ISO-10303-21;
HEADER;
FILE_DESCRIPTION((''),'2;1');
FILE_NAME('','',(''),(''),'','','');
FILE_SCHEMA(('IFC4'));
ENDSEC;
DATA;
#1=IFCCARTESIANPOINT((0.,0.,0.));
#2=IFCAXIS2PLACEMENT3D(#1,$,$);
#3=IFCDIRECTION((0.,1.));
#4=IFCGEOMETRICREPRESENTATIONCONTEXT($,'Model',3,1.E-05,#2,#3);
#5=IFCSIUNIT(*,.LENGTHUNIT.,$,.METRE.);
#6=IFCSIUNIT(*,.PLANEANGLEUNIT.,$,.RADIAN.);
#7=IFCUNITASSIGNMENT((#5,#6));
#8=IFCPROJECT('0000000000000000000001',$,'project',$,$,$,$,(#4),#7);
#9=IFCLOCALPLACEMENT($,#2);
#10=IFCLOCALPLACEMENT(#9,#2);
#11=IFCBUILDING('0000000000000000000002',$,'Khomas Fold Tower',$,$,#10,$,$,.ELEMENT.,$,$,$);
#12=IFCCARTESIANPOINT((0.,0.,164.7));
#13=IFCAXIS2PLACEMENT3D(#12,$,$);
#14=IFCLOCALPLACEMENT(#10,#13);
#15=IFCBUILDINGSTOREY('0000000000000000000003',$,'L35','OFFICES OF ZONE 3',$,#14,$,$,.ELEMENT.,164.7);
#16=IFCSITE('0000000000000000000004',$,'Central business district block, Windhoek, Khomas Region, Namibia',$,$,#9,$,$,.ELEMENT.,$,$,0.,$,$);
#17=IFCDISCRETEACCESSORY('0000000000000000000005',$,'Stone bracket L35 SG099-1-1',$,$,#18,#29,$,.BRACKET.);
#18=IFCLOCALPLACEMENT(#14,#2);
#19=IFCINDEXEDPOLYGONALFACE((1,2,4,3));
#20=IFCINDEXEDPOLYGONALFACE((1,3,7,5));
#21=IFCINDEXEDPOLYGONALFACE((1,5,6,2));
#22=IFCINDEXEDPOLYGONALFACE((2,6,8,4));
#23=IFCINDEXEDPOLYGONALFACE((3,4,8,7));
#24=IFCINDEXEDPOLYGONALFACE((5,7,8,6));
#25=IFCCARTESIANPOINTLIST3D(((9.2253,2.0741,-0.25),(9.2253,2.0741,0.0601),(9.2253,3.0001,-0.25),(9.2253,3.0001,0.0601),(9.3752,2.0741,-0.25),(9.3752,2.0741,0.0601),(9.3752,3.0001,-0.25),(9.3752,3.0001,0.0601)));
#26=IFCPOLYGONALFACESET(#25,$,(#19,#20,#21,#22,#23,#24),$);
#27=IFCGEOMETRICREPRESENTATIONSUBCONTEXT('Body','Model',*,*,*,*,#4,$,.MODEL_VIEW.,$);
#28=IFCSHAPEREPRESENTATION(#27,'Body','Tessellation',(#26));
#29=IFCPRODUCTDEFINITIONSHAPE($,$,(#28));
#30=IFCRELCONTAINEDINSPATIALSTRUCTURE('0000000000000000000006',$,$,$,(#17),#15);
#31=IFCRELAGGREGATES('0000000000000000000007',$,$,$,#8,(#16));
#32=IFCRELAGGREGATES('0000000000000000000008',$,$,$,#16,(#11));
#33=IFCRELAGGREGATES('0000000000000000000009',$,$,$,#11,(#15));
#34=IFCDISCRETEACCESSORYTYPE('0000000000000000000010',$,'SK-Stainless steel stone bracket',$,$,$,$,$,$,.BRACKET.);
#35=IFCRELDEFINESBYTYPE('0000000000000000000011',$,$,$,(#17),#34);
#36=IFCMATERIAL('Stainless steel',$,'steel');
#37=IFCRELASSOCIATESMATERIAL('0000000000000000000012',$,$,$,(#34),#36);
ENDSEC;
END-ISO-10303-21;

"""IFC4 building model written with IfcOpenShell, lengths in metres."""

from ifc_helpers import new_model, si_unit, direction, frame, origin, origin_2d, place, context, subcontext, project, spatial, rectangle, extrude, source, transform, mapped, material, type_object, element, save


model = new_model("IFC4")

# Units and contexts
model_context = context("Model", 3, precision=1e-05, world=origin(), true_north=direction((0.0, 1.0)))
body_context = subcontext(model_context, "Body", "Model", "MODEL_VIEW")
ifc_project = project(units=[si_unit("LENGTHUNIT", "METRE"), si_unit("PLANEANGLEUNIT", "RADIAN")], contexts=[model_context])

# Site, building, storey
site_placement = place(None, origin())
site = spatial("IfcSite", under=ifc_project, at=site_placement, Name="Central business district block, Windhoek, Khomas Region, Namibia", CompositionType="ELEMENT", RefElevation=0.0)
building_placement = place(site_placement, origin())
building = spatial("IfcBuilding", under=site, at=building_placement, Name="Khomas Fold Tower", CompositionType="ELEMENT")
storey_placement = place(building_placement, frame((0.0, 0.0, 164.7)))
storey = spatial("IfcBuildingStorey", under=building, at=storey_placement, Name="L35", Description="OFFICES OF ZONE 3", CompositionType="ELEMENT", Elevation=164.7)

# Discrete accessory
ifc_material_1 = material(Name="Stainless steel", Category="steel")
discrete_accessory_type = type_object("IfcDiscreteAccessoryType", Name="SK-Stainless steel stone bracket", PredefinedType="BRACKET", material=ifc_material_1)
shared_shape_1 = source(origin(), body_context, "Body", "SweptSolid", [
    extrude(rectangle(XDim=0.926, YDim=0.1499, at=origin_2d()), origin(), (0.0, 0.0, 1.0), 0.3101),
])
for number, where, z_axis, x_axis, name in (
    (1, (9.3003, 2.5371, -0.25), (0.0, 0.0, 1.0), (0.0, -1.0, 0.0), "Stone bracket L35 SG099-1-1"),
):
    element("IfcDiscreteAccessory", number, at=place(storey_placement, frame(where, z_axis=z_axis, x_axis=x_axis)), inside=storey, type_object=discrete_accessory_type, Name=name, PredefinedType="BRACKET", context=body_context, shape_type="MappedRepresentation", body=[
        mapped(shared_shape_1, transform((0.0, 0.0, 0.0))),
    ])

save(model, "model.ifc")
